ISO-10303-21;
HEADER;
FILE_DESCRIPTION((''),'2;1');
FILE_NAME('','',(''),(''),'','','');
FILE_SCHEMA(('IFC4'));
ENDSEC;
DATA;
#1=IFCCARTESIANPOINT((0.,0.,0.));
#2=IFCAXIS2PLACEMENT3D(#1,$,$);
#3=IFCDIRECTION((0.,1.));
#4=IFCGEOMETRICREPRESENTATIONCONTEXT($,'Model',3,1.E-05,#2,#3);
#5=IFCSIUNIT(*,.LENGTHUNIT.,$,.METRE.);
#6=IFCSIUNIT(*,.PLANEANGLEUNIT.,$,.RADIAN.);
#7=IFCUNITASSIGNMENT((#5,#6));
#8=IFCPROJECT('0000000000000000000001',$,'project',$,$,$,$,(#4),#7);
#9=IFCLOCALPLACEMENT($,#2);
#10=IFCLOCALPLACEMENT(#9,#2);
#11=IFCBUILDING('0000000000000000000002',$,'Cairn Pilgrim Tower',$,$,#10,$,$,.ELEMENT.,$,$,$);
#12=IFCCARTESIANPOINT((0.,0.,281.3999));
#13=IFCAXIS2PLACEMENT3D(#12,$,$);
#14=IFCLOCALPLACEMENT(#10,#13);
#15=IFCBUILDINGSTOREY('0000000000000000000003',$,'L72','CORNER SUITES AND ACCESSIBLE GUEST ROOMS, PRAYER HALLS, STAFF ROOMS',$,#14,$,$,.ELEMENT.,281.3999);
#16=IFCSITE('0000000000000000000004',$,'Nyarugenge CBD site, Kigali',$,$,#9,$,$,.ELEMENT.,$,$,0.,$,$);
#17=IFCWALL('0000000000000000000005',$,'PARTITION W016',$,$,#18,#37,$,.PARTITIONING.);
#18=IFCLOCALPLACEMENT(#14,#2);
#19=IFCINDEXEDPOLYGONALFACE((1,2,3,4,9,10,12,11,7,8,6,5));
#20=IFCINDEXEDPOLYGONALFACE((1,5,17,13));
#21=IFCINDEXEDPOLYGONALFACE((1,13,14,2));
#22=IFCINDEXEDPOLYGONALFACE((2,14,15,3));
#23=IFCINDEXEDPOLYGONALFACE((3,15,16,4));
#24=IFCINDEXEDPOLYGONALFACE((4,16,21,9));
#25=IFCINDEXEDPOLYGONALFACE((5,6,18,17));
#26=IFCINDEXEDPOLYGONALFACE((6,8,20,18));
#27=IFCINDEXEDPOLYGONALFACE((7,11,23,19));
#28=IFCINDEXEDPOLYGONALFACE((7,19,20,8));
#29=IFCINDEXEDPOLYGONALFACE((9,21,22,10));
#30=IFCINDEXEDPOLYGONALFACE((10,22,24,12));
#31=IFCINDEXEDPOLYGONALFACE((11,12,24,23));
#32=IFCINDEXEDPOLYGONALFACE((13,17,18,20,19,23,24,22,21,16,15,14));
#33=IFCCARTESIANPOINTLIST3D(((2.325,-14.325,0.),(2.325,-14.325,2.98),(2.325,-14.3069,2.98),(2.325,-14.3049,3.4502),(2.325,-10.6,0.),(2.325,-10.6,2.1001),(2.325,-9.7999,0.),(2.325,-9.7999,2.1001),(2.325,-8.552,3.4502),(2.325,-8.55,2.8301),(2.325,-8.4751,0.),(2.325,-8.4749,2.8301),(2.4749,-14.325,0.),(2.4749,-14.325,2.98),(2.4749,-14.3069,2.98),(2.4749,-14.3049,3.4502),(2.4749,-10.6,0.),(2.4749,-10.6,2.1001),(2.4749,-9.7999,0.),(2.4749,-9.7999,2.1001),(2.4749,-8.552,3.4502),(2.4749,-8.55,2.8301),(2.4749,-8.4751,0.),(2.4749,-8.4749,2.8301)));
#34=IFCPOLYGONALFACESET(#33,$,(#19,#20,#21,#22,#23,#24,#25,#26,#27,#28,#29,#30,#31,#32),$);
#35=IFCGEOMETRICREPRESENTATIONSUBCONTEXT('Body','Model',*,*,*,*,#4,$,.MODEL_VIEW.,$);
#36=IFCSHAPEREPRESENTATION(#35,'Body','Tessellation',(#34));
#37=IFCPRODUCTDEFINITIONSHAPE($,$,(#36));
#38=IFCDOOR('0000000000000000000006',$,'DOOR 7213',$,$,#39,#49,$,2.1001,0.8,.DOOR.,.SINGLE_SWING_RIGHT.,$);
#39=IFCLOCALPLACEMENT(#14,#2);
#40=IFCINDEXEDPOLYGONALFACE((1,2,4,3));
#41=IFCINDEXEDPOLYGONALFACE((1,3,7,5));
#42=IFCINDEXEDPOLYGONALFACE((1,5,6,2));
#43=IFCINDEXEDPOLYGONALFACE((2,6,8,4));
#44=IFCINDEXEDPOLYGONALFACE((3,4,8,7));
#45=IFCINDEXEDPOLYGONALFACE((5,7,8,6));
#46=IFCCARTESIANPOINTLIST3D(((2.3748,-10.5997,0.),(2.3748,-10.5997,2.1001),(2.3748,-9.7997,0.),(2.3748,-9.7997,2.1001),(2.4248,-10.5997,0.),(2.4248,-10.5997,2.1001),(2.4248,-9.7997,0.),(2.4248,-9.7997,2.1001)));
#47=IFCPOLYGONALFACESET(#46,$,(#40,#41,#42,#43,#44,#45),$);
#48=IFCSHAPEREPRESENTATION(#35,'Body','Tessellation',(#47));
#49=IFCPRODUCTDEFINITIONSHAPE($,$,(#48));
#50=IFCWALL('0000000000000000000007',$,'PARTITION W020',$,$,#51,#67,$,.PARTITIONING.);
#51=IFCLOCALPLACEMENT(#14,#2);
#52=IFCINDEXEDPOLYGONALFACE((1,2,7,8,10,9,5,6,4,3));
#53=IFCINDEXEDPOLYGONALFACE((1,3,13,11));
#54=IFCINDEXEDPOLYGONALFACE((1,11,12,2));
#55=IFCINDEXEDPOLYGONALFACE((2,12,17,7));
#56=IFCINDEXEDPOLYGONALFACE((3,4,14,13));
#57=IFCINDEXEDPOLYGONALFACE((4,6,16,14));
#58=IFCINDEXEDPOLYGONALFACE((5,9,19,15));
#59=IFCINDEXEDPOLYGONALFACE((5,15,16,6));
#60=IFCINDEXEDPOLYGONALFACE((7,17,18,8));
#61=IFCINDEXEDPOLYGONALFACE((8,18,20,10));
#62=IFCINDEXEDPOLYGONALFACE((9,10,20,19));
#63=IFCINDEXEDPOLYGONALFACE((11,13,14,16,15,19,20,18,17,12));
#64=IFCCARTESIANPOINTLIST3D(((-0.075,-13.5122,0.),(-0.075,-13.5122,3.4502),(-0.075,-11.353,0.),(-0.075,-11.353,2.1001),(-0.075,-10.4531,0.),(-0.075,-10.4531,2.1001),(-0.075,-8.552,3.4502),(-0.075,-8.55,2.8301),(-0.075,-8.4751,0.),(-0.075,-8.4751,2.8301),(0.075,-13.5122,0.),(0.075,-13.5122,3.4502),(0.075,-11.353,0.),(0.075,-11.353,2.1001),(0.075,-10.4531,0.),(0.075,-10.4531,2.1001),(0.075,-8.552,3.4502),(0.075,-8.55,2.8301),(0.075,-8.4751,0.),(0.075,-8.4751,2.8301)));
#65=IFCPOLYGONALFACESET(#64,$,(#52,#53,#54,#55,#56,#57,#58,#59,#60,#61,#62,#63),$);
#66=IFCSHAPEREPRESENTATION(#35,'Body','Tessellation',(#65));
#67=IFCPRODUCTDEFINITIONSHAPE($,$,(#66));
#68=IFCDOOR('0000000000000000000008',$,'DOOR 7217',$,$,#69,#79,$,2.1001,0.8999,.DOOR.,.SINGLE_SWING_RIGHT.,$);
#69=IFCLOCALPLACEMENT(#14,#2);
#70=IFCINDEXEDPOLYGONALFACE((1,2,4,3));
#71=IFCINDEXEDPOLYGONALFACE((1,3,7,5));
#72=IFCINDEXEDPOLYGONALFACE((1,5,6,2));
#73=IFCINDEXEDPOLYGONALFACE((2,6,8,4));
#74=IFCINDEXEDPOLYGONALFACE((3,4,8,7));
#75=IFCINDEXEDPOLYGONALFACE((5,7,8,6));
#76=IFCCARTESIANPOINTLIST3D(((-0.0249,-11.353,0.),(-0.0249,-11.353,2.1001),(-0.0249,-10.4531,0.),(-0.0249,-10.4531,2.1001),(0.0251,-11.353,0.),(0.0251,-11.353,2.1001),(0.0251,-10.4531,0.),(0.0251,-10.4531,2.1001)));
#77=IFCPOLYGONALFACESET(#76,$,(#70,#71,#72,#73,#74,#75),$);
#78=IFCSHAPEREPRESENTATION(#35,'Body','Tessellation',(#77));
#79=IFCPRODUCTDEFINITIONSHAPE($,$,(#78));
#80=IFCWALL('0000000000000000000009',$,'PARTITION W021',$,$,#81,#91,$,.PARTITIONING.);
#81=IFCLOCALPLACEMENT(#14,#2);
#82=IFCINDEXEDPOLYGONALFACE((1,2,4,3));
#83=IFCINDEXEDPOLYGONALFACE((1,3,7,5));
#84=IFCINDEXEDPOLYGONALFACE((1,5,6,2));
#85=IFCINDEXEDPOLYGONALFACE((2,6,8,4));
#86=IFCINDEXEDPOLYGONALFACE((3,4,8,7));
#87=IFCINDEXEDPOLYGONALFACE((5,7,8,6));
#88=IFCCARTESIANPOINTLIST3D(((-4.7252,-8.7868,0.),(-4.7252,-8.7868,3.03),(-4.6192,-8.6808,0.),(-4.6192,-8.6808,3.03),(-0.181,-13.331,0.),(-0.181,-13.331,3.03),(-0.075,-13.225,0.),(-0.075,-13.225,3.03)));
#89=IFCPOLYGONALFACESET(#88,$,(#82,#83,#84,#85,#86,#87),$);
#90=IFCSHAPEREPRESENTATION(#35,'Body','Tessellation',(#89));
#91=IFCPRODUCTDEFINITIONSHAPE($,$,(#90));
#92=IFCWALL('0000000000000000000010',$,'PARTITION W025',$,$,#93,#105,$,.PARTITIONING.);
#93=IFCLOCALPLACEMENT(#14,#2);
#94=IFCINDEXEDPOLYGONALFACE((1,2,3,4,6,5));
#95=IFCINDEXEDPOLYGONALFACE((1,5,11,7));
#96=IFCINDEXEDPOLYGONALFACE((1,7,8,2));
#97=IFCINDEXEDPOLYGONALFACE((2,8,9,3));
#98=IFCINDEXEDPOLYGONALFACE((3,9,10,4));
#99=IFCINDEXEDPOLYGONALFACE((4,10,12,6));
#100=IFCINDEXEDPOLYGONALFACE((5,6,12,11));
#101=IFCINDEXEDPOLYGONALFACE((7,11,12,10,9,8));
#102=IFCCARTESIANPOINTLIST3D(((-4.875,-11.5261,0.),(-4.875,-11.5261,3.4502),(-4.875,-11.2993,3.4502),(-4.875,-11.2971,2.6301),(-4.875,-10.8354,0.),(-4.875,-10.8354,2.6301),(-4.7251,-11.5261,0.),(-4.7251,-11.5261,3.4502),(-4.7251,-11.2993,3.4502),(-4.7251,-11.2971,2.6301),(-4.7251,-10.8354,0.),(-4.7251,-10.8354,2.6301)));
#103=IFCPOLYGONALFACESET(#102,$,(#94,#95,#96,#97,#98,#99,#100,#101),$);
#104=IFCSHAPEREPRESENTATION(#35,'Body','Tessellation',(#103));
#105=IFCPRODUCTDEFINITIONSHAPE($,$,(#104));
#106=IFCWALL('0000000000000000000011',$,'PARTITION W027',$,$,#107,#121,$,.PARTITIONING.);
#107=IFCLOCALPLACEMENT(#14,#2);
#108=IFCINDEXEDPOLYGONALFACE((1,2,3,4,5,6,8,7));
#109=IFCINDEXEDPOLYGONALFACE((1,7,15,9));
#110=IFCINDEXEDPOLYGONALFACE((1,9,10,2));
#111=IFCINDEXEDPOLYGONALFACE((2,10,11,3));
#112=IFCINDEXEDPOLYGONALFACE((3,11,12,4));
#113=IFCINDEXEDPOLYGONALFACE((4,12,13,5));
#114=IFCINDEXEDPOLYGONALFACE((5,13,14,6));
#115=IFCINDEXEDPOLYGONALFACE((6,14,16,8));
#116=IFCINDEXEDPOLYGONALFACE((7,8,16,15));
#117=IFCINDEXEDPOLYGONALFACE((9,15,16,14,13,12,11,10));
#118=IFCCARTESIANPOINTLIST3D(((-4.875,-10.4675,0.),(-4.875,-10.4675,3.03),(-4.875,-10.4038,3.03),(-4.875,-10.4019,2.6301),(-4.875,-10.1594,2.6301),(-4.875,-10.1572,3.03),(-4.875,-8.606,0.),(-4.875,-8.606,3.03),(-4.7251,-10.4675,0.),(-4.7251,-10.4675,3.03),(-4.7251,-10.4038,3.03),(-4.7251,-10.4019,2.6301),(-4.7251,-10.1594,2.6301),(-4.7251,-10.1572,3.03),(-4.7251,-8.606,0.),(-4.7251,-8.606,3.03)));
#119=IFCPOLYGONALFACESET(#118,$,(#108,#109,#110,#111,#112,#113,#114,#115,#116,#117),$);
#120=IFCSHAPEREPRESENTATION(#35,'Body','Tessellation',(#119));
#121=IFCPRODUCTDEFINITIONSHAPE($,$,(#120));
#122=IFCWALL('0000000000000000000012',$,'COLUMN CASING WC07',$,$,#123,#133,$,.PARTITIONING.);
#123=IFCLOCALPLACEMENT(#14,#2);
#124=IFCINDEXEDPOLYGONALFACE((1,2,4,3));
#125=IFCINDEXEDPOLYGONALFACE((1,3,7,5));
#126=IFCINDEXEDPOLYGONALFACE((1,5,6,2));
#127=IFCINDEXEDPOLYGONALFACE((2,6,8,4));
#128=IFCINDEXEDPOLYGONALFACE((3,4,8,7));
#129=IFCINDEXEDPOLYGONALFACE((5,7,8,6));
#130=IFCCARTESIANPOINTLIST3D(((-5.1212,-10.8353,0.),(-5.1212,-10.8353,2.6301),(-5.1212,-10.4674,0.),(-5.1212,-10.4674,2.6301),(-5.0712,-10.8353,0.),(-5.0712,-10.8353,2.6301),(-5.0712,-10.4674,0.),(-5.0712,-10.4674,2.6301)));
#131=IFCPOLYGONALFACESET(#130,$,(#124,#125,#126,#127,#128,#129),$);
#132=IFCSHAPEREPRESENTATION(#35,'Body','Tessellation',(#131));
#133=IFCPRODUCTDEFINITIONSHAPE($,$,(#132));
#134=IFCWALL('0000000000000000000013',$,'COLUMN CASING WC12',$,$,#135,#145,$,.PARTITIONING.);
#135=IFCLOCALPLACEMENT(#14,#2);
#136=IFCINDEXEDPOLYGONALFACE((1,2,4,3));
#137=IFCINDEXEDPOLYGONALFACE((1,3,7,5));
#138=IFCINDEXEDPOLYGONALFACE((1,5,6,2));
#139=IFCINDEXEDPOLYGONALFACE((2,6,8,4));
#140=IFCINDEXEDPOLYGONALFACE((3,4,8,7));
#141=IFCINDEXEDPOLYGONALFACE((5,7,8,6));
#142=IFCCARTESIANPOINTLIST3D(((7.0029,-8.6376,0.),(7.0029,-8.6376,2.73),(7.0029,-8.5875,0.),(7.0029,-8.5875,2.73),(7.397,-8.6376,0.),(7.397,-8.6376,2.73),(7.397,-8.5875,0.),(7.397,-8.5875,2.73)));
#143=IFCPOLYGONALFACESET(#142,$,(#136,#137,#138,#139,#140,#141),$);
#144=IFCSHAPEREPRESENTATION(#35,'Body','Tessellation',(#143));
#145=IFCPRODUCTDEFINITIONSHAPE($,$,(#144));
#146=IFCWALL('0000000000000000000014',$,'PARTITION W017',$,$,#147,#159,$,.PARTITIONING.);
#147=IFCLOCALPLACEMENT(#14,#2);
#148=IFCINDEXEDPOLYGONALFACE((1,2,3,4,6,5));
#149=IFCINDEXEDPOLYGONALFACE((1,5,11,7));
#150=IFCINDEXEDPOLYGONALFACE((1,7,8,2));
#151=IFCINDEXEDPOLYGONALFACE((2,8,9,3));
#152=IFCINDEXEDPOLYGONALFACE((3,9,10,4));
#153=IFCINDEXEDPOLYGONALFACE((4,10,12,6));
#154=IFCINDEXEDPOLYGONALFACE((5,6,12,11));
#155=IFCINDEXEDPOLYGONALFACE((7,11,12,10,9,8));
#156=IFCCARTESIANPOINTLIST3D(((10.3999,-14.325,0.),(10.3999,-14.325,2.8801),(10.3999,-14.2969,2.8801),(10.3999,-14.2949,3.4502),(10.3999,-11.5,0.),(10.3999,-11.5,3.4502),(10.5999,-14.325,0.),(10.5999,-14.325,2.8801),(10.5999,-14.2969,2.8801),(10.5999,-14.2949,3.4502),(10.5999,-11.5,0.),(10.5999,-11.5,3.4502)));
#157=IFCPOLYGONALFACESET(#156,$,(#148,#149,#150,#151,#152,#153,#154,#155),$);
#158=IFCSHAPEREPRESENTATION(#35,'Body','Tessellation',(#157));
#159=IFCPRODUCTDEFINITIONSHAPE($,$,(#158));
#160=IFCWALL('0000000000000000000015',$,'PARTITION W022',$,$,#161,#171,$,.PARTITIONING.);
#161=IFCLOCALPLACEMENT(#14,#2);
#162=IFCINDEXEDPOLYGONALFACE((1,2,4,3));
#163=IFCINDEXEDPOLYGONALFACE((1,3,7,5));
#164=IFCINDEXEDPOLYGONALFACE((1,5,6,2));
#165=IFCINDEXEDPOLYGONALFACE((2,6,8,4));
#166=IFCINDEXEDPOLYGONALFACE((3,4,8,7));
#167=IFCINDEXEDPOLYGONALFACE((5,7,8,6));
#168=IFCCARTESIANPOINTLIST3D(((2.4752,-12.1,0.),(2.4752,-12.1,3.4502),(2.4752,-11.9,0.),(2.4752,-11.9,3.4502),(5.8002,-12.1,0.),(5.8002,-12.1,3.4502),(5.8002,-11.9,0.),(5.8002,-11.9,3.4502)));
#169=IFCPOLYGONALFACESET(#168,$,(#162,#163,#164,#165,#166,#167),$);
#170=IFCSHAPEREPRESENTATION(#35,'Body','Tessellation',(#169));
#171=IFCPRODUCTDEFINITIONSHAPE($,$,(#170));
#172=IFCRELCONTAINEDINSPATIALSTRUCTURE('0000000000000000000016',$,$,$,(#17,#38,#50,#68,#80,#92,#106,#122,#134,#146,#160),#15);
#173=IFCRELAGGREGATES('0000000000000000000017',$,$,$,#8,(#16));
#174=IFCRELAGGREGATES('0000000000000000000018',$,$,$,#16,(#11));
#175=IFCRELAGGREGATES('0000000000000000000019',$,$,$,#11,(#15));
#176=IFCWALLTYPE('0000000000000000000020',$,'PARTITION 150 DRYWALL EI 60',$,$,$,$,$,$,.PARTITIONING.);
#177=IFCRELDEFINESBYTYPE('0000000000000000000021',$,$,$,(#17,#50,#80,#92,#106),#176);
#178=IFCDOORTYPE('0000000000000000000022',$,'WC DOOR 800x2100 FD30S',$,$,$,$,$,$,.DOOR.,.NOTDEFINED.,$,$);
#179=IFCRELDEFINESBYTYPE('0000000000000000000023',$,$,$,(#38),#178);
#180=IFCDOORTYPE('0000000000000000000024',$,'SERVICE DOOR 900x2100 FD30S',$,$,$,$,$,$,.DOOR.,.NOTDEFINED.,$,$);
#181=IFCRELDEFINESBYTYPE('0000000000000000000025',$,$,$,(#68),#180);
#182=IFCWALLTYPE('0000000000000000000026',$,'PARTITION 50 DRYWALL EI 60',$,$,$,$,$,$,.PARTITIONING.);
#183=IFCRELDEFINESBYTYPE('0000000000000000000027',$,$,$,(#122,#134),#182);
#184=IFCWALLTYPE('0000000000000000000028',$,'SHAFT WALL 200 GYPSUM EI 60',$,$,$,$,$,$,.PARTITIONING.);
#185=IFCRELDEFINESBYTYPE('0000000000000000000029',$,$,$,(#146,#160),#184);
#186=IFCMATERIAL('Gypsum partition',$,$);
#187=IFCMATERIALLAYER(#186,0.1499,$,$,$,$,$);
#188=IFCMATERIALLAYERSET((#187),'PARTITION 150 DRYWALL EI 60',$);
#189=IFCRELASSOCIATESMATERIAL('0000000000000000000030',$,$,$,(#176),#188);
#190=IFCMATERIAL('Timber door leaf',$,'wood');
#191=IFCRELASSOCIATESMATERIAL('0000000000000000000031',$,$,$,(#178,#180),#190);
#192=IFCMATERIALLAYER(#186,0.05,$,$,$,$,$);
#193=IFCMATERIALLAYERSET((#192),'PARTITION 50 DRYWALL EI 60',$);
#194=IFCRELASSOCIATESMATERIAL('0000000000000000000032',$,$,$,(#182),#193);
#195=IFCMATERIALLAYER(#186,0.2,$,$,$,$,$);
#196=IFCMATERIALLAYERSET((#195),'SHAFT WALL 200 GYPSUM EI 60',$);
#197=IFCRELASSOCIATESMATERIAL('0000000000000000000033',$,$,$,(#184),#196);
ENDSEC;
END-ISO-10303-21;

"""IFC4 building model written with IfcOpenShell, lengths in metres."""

from ifc_helpers import new_model, si_unit, direction, frame, frame_2d, origin, place, context, subcontext, project, spatial, polyline, rectangle, outline, extrude, material, layer, layer_set, type_object, element, fill, save


model = new_model("IFC4")

# Units and contexts
model_context = context("Model", 3, precision=1e-05, world=origin(), true_north=direction((0.0, 1.0)))
body_context = subcontext(model_context, "Body", "Model", "MODEL_VIEW")
ifc_project = project(units=[si_unit("LENGTHUNIT", "METRE"), si_unit("PLANEANGLEUNIT", "RADIAN")], contexts=[model_context])

# Site, building, storey
site_placement = place(None, origin())
site = spatial("IfcSite", under=ifc_project, at=site_placement, Name="Nyarugenge CBD site, Kigali", CompositionType="ELEMENT", RefElevation=0.0)
building_placement = place(site_placement, origin())
building = spatial("IfcBuilding", under=site, at=building_placement, Name="Cairn Pilgrim Tower", CompositionType="ELEMENT")
storey_placement = place(building_placement, frame((0.0, 0.0, 281.3999)))
storey = spatial("IfcBuildingStorey", under=building, at=storey_placement, Name="L72", Description="CORNER SUITES AND ACCESSIBLE GUEST ROOMS, PRAYER HALLS, STAFF ROOMS", CompositionType="ELEMENT", Elevation=281.3999)

# Walls, openings, doors
ifc_material_1 = material(Name="Gypsum partition")
ifc_layer_1 = layer(ifc_material_1, 0.1499)
ifc_layer_set_1 = layer_set([ifc_layer_1], Name="PARTITION 150 DRYWALL EI 60")
wall_type_1 = type_object("IfcWallType", Name="PARTITION 150 DRYWALL EI 60", PredefinedType="PARTITIONING", material=ifc_layer_set_1)
ifc_material_2 = material(Name="Timber door leaf", Category="wood")
door_type_1 = type_object("IfcDoorType", Name="WC DOOR 800x2100 FD30S", OperationType="NOTDEFINED", PredefinedType="DOOR", material=ifc_material_2)
wall_1_placement = place(storey_placement, frame((2.3999, -14.325, 0.0), z_axis=(0.0, 0.0, 1.0), x_axis=(0.0, 1.0, 0.0)))
wall_1 = element("IfcWall", 1, at=wall_1_placement, inside=storey, type_object=wall_type_1, Name="PARTITION W016", PredefinedType="PARTITIONING", context=body_context, shape_type="SweptSolid", body=[
    extrude(outline(polyline([(0.0, 0.0), (5.8499, 0.0), (5.8501, 2.8301), (5.7749, 2.8301), (5.7729, 3.4502), (0.02, 3.4502), (0.0181, 2.98), (0.0, 2.98), (0.0, 0.0)])), frame((0.0, 0.075, 0.0), z_axis=(0.0, -1.0, 0.0), x_axis=(1.0, 0.0, 0.0)), (0.0, 0.0, 1.0), 0.1499),
])
opening_1_placement = place(wall_1_placement, frame((3.7251, 0.0, 0.0)))
opening_1 = element("IfcOpeningElement", 2, at=opening_1_placement, cuts=wall_1, PredefinedType="OPENING", context=body_context, shape_type="SweptSolid", body=[
    extrude(rectangle(XDim=0.8, YDim=2.1001, at=frame_2d((0.3999, 1.05))), frame((0.0, 0.085, 0.0), z_axis=(0.0, -1.0, 0.0), x_axis=(1.0, 0.0, 0.0)), (0.0, 0.0, 1.0), 0.1699),
])
door_1_placement = place(opening_1_placement, frame((0.8, 0.0, 0.0), z_axis=(0.0, 0.0, 1.0), x_axis=(-1.0, 0.0, 0.0)))
door_1 = element("IfcDoor", 3, at=door_1_placement, inside=storey, type_object=door_type_1, Name="DOOR 7213", OperationType="SINGLE_SWING_RIGHT", OverallHeight=2.1001, OverallWidth=0.8, PredefinedType="DOOR", context=body_context, shape_type="SweptSolid", body=[
    extrude(rectangle(XDim=0.8, YDim=2.1001, at=frame_2d((0.3999, 1.05))), frame((0.0, 0.0249, 0.0), z_axis=(0.0, -1.0, 0.0), x_axis=(1.0, 0.0, 0.0)), (0.0, 0.0, 1.0), 0.05),
])
fill(opening_1, door_1)
wall_2_placement = place(storey_placement, frame((0.0, -13.5122, 0.0), z_axis=(0.0, 0.0, 1.0), x_axis=(0.0, 1.0, 0.0)))
wall_2 = element("IfcWall", 4, at=wall_2_placement, inside=storey, type_object=wall_type_1, Name="PARTITION W020", PredefinedType="PARTITIONING", context=body_context, shape_type="SweptSolid", body=[
    extrude(outline(polyline([(0.0, 0.0), (5.0371, 0.0), (5.0371, 2.8301), (4.9622, 2.8301), (4.9602, 3.4502), (0.0, 3.4502), (0.0, 0.0)])), frame((0.0, 0.075, 0.0), z_axis=(0.0, -1.0, 0.0), x_axis=(1.0, 0.0, 0.0)), (0.0, 0.0, 1.0), 0.1499),
])
opening_2_placement = place(wall_2_placement, frame((2.1592, 0.0, 0.0)))
opening_2 = element("IfcOpeningElement", 5, at=opening_2_placement, cuts=wall_2, PredefinedType="OPENING", context=body_context, shape_type="SweptSolid", body=[
    extrude(rectangle(XDim=0.8999, YDim=2.1001, at=frame_2d((0.45, 1.05))), frame((0.0, 0.085, 0.0), z_axis=(0.0, -1.0, 0.0), x_axis=(1.0, 0.0, 0.0)), (0.0, 0.0, 1.0), 0.1699),
])
door_type_2 = type_object("IfcDoorType", Name="SERVICE DOOR 900x2100 FD30S", OperationType="NOTDEFINED", PredefinedType="DOOR", material=ifc_material_2)
door_2_placement = place(opening_2_placement, origin())
door_2 = element("IfcDoor", 6, at=door_2_placement, inside=storey, type_object=door_type_2, Name="DOOR 7217", OperationType="SINGLE_SWING_RIGHT", OverallHeight=2.1001, OverallWidth=0.8999, PredefinedType="DOOR", context=body_context, shape_type="SweptSolid", body=[
    extrude(rectangle(XDim=0.8999, YDim=2.1001, at=frame_2d((0.45, 1.05))), frame((0.0, 0.0249, 0.0), z_axis=(0.0, -1.0, 0.0), x_axis=(1.0, 0.0, 0.0)), (0.0, 0.0, 1.0), 0.05),
])
fill(opening_2, door_2)

# Walls
wall_3_placement = place(storey_placement, frame((-0.1279, -13.2781, 0.0), z_axis=(0.0, 0.0, 1.0), x_axis=(-0.707107, 0.707107, 0.0)))
element("IfcWall", 7, at=wall_3_placement, inside=storey, type_object=wall_type_1, Name="PARTITION W021", PredefinedType="PARTITIONING", context=body_context, shape_type="SweptSolid", body=[
    extrude(rectangle(XDim=6.4265, YDim=0.1499, at=frame_2d((3.2134, 0.0))), origin(), (0.0, 0.0, 1.0), 3.03),
])
wall_4_placement = place(storey_placement, frame((-4.8, -11.5261, 0.0), z_axis=(0.0, 0.0, 1.0), x_axis=(0.0, 1.0, 0.0)))
element("IfcWall", 8, at=wall_4_placement, inside=storey, type_object=wall_type_1, Name="PARTITION W025", PredefinedType="PARTITIONING", context=body_context, shape_type="SweptSolid", body=[
    extrude(outline(polyline([(0.0, 0.0), (0.6907, 0.0), (0.6907, 2.6301), (0.229, 2.6301), (0.2268, 3.4502), (0.0, 3.4502), (0.0, 0.0)])), frame((0.0, 0.075, 0.0), z_axis=(0.0, -1.0, 0.0), x_axis=(1.0, 0.0, 0.0)), (0.0, 0.0, 1.0), 0.1499),
])
wall_5_placement = place(storey_placement, frame((-4.8, -10.4675, 0.0), z_axis=(0.0, 0.0, 1.0), x_axis=(0.0, 1.0, 0.0)))
element("IfcWall", 9, at=wall_5_placement, inside=storey, type_object=wall_type_1, Name="PARTITION W027", PredefinedType="PARTITIONING", context=body_context, shape_type="SweptSolid", body=[
    extrude(outline(polyline([(0.0, 0.0), (1.8616, 0.0), (1.8616, 3.03), (0.3103, 3.03), (0.3081, 2.6301), (0.0657, 2.6301), (0.0637, 3.03), (0.0, 3.03), (0.0, 0.0)])), frame((0.0, 0.075, 0.0), z_axis=(0.0, -1.0, 0.0), x_axis=(1.0, 0.0, 0.0)), (0.0, 0.0, 1.0), 0.1499),
])
ifc_layer_2 = layer(ifc_material_1, 0.05)
ifc_layer_set_2 = layer_set([ifc_layer_2], Name="PARTITION 50 DRYWALL EI 60")
wall_type_2 = type_object("IfcWallType", Name="PARTITION 50 DRYWALL EI 60", PredefinedType="PARTITIONING", material=ifc_layer_set_2)
wall_6_placement = place(storey_placement, frame((-5.0962, -10.8354, 0.0), z_axis=(0.0, 0.0, 1.0), x_axis=(0.0, 1.0, 0.0)))
element("IfcWall", 10, at=wall_6_placement, inside=storey, type_object=wall_type_2, Name="COLUMN CASING WC07", PredefinedType="PARTITIONING", context=body_context, shape_type="SweptSolid", body=[
    extrude(rectangle(XDim=0.3679, YDim=0.05, at=frame_2d((0.1841, 0.0))), origin(), (0.0, 0.0, 1.0), 2.6301),
])
wall_7_placement = place(storey_placement, frame((7.0029, -8.6125, 0.0), z_axis=(0.0, 0.0, 1.0), x_axis=(1.0, 0.0, 0.0)))
element("IfcWall", 11, at=wall_7_placement, inside=storey, type_object=wall_type_2, Name="COLUMN CASING WC12", PredefinedType="PARTITIONING", context=body_context, shape_type="SweptSolid", body=[
    extrude(rectangle(XDim=0.394, YDim=0.05, at=frame_2d((0.197, 0.0))), origin(), (0.0, 0.0, 1.0), 2.73),
])
ifc_layer_3 = layer(ifc_material_1, 0.2)
ifc_layer_set_3 = layer_set([ifc_layer_3], Name="SHAFT WALL 200 GYPSUM EI 60")
wall_type_3 = type_object("IfcWallType", Name="SHAFT WALL 200 GYPSUM EI 60", PredefinedType="PARTITIONING", material=ifc_layer_set_3)
wall_8_placement = place(storey_placement, frame((10.5, -14.325, 0.0), z_axis=(0.0, 0.0, 1.0), x_axis=(0.0, 1.0, 0.0)))
element("IfcWall", 12, at=wall_8_placement, inside=storey, type_object=wall_type_3, Name="PARTITION W017", PredefinedType="PARTITIONING", context=body_context, shape_type="SweptSolid", body=[
    extrude(outline(polyline([(0.0, 0.0), (2.825, 0.0), (2.825, 3.4502), (0.03, 3.4502), (0.0281, 2.8801), (0.0, 2.8801), (0.0, 0.0)])), frame((0.0, 0.1001, 0.0), z_axis=(0.0, -1.0, 0.0), x_axis=(1.0, 0.0, 0.0)), (0.0, 0.0, 1.0), 0.2),
])
wall_9_placement = place(storey_placement, frame((2.4751, -12.0, 0.0), z_axis=(0.0, 0.0, 1.0), x_axis=(1.0, 0.0, 0.0)))
element("IfcWall", 13, at=wall_9_placement, inside=storey, type_object=wall_type_3, Name="PARTITION W022", PredefinedType="PARTITIONING", context=body_context, shape_type="SweptSolid", body=[
    extrude(rectangle(XDim=3.325, YDim=0.2, at=frame_2d((1.6626, 0.0))), origin(), (0.0, 0.0, 1.0), 3.4502),
])

save(model, "model.ifc")
